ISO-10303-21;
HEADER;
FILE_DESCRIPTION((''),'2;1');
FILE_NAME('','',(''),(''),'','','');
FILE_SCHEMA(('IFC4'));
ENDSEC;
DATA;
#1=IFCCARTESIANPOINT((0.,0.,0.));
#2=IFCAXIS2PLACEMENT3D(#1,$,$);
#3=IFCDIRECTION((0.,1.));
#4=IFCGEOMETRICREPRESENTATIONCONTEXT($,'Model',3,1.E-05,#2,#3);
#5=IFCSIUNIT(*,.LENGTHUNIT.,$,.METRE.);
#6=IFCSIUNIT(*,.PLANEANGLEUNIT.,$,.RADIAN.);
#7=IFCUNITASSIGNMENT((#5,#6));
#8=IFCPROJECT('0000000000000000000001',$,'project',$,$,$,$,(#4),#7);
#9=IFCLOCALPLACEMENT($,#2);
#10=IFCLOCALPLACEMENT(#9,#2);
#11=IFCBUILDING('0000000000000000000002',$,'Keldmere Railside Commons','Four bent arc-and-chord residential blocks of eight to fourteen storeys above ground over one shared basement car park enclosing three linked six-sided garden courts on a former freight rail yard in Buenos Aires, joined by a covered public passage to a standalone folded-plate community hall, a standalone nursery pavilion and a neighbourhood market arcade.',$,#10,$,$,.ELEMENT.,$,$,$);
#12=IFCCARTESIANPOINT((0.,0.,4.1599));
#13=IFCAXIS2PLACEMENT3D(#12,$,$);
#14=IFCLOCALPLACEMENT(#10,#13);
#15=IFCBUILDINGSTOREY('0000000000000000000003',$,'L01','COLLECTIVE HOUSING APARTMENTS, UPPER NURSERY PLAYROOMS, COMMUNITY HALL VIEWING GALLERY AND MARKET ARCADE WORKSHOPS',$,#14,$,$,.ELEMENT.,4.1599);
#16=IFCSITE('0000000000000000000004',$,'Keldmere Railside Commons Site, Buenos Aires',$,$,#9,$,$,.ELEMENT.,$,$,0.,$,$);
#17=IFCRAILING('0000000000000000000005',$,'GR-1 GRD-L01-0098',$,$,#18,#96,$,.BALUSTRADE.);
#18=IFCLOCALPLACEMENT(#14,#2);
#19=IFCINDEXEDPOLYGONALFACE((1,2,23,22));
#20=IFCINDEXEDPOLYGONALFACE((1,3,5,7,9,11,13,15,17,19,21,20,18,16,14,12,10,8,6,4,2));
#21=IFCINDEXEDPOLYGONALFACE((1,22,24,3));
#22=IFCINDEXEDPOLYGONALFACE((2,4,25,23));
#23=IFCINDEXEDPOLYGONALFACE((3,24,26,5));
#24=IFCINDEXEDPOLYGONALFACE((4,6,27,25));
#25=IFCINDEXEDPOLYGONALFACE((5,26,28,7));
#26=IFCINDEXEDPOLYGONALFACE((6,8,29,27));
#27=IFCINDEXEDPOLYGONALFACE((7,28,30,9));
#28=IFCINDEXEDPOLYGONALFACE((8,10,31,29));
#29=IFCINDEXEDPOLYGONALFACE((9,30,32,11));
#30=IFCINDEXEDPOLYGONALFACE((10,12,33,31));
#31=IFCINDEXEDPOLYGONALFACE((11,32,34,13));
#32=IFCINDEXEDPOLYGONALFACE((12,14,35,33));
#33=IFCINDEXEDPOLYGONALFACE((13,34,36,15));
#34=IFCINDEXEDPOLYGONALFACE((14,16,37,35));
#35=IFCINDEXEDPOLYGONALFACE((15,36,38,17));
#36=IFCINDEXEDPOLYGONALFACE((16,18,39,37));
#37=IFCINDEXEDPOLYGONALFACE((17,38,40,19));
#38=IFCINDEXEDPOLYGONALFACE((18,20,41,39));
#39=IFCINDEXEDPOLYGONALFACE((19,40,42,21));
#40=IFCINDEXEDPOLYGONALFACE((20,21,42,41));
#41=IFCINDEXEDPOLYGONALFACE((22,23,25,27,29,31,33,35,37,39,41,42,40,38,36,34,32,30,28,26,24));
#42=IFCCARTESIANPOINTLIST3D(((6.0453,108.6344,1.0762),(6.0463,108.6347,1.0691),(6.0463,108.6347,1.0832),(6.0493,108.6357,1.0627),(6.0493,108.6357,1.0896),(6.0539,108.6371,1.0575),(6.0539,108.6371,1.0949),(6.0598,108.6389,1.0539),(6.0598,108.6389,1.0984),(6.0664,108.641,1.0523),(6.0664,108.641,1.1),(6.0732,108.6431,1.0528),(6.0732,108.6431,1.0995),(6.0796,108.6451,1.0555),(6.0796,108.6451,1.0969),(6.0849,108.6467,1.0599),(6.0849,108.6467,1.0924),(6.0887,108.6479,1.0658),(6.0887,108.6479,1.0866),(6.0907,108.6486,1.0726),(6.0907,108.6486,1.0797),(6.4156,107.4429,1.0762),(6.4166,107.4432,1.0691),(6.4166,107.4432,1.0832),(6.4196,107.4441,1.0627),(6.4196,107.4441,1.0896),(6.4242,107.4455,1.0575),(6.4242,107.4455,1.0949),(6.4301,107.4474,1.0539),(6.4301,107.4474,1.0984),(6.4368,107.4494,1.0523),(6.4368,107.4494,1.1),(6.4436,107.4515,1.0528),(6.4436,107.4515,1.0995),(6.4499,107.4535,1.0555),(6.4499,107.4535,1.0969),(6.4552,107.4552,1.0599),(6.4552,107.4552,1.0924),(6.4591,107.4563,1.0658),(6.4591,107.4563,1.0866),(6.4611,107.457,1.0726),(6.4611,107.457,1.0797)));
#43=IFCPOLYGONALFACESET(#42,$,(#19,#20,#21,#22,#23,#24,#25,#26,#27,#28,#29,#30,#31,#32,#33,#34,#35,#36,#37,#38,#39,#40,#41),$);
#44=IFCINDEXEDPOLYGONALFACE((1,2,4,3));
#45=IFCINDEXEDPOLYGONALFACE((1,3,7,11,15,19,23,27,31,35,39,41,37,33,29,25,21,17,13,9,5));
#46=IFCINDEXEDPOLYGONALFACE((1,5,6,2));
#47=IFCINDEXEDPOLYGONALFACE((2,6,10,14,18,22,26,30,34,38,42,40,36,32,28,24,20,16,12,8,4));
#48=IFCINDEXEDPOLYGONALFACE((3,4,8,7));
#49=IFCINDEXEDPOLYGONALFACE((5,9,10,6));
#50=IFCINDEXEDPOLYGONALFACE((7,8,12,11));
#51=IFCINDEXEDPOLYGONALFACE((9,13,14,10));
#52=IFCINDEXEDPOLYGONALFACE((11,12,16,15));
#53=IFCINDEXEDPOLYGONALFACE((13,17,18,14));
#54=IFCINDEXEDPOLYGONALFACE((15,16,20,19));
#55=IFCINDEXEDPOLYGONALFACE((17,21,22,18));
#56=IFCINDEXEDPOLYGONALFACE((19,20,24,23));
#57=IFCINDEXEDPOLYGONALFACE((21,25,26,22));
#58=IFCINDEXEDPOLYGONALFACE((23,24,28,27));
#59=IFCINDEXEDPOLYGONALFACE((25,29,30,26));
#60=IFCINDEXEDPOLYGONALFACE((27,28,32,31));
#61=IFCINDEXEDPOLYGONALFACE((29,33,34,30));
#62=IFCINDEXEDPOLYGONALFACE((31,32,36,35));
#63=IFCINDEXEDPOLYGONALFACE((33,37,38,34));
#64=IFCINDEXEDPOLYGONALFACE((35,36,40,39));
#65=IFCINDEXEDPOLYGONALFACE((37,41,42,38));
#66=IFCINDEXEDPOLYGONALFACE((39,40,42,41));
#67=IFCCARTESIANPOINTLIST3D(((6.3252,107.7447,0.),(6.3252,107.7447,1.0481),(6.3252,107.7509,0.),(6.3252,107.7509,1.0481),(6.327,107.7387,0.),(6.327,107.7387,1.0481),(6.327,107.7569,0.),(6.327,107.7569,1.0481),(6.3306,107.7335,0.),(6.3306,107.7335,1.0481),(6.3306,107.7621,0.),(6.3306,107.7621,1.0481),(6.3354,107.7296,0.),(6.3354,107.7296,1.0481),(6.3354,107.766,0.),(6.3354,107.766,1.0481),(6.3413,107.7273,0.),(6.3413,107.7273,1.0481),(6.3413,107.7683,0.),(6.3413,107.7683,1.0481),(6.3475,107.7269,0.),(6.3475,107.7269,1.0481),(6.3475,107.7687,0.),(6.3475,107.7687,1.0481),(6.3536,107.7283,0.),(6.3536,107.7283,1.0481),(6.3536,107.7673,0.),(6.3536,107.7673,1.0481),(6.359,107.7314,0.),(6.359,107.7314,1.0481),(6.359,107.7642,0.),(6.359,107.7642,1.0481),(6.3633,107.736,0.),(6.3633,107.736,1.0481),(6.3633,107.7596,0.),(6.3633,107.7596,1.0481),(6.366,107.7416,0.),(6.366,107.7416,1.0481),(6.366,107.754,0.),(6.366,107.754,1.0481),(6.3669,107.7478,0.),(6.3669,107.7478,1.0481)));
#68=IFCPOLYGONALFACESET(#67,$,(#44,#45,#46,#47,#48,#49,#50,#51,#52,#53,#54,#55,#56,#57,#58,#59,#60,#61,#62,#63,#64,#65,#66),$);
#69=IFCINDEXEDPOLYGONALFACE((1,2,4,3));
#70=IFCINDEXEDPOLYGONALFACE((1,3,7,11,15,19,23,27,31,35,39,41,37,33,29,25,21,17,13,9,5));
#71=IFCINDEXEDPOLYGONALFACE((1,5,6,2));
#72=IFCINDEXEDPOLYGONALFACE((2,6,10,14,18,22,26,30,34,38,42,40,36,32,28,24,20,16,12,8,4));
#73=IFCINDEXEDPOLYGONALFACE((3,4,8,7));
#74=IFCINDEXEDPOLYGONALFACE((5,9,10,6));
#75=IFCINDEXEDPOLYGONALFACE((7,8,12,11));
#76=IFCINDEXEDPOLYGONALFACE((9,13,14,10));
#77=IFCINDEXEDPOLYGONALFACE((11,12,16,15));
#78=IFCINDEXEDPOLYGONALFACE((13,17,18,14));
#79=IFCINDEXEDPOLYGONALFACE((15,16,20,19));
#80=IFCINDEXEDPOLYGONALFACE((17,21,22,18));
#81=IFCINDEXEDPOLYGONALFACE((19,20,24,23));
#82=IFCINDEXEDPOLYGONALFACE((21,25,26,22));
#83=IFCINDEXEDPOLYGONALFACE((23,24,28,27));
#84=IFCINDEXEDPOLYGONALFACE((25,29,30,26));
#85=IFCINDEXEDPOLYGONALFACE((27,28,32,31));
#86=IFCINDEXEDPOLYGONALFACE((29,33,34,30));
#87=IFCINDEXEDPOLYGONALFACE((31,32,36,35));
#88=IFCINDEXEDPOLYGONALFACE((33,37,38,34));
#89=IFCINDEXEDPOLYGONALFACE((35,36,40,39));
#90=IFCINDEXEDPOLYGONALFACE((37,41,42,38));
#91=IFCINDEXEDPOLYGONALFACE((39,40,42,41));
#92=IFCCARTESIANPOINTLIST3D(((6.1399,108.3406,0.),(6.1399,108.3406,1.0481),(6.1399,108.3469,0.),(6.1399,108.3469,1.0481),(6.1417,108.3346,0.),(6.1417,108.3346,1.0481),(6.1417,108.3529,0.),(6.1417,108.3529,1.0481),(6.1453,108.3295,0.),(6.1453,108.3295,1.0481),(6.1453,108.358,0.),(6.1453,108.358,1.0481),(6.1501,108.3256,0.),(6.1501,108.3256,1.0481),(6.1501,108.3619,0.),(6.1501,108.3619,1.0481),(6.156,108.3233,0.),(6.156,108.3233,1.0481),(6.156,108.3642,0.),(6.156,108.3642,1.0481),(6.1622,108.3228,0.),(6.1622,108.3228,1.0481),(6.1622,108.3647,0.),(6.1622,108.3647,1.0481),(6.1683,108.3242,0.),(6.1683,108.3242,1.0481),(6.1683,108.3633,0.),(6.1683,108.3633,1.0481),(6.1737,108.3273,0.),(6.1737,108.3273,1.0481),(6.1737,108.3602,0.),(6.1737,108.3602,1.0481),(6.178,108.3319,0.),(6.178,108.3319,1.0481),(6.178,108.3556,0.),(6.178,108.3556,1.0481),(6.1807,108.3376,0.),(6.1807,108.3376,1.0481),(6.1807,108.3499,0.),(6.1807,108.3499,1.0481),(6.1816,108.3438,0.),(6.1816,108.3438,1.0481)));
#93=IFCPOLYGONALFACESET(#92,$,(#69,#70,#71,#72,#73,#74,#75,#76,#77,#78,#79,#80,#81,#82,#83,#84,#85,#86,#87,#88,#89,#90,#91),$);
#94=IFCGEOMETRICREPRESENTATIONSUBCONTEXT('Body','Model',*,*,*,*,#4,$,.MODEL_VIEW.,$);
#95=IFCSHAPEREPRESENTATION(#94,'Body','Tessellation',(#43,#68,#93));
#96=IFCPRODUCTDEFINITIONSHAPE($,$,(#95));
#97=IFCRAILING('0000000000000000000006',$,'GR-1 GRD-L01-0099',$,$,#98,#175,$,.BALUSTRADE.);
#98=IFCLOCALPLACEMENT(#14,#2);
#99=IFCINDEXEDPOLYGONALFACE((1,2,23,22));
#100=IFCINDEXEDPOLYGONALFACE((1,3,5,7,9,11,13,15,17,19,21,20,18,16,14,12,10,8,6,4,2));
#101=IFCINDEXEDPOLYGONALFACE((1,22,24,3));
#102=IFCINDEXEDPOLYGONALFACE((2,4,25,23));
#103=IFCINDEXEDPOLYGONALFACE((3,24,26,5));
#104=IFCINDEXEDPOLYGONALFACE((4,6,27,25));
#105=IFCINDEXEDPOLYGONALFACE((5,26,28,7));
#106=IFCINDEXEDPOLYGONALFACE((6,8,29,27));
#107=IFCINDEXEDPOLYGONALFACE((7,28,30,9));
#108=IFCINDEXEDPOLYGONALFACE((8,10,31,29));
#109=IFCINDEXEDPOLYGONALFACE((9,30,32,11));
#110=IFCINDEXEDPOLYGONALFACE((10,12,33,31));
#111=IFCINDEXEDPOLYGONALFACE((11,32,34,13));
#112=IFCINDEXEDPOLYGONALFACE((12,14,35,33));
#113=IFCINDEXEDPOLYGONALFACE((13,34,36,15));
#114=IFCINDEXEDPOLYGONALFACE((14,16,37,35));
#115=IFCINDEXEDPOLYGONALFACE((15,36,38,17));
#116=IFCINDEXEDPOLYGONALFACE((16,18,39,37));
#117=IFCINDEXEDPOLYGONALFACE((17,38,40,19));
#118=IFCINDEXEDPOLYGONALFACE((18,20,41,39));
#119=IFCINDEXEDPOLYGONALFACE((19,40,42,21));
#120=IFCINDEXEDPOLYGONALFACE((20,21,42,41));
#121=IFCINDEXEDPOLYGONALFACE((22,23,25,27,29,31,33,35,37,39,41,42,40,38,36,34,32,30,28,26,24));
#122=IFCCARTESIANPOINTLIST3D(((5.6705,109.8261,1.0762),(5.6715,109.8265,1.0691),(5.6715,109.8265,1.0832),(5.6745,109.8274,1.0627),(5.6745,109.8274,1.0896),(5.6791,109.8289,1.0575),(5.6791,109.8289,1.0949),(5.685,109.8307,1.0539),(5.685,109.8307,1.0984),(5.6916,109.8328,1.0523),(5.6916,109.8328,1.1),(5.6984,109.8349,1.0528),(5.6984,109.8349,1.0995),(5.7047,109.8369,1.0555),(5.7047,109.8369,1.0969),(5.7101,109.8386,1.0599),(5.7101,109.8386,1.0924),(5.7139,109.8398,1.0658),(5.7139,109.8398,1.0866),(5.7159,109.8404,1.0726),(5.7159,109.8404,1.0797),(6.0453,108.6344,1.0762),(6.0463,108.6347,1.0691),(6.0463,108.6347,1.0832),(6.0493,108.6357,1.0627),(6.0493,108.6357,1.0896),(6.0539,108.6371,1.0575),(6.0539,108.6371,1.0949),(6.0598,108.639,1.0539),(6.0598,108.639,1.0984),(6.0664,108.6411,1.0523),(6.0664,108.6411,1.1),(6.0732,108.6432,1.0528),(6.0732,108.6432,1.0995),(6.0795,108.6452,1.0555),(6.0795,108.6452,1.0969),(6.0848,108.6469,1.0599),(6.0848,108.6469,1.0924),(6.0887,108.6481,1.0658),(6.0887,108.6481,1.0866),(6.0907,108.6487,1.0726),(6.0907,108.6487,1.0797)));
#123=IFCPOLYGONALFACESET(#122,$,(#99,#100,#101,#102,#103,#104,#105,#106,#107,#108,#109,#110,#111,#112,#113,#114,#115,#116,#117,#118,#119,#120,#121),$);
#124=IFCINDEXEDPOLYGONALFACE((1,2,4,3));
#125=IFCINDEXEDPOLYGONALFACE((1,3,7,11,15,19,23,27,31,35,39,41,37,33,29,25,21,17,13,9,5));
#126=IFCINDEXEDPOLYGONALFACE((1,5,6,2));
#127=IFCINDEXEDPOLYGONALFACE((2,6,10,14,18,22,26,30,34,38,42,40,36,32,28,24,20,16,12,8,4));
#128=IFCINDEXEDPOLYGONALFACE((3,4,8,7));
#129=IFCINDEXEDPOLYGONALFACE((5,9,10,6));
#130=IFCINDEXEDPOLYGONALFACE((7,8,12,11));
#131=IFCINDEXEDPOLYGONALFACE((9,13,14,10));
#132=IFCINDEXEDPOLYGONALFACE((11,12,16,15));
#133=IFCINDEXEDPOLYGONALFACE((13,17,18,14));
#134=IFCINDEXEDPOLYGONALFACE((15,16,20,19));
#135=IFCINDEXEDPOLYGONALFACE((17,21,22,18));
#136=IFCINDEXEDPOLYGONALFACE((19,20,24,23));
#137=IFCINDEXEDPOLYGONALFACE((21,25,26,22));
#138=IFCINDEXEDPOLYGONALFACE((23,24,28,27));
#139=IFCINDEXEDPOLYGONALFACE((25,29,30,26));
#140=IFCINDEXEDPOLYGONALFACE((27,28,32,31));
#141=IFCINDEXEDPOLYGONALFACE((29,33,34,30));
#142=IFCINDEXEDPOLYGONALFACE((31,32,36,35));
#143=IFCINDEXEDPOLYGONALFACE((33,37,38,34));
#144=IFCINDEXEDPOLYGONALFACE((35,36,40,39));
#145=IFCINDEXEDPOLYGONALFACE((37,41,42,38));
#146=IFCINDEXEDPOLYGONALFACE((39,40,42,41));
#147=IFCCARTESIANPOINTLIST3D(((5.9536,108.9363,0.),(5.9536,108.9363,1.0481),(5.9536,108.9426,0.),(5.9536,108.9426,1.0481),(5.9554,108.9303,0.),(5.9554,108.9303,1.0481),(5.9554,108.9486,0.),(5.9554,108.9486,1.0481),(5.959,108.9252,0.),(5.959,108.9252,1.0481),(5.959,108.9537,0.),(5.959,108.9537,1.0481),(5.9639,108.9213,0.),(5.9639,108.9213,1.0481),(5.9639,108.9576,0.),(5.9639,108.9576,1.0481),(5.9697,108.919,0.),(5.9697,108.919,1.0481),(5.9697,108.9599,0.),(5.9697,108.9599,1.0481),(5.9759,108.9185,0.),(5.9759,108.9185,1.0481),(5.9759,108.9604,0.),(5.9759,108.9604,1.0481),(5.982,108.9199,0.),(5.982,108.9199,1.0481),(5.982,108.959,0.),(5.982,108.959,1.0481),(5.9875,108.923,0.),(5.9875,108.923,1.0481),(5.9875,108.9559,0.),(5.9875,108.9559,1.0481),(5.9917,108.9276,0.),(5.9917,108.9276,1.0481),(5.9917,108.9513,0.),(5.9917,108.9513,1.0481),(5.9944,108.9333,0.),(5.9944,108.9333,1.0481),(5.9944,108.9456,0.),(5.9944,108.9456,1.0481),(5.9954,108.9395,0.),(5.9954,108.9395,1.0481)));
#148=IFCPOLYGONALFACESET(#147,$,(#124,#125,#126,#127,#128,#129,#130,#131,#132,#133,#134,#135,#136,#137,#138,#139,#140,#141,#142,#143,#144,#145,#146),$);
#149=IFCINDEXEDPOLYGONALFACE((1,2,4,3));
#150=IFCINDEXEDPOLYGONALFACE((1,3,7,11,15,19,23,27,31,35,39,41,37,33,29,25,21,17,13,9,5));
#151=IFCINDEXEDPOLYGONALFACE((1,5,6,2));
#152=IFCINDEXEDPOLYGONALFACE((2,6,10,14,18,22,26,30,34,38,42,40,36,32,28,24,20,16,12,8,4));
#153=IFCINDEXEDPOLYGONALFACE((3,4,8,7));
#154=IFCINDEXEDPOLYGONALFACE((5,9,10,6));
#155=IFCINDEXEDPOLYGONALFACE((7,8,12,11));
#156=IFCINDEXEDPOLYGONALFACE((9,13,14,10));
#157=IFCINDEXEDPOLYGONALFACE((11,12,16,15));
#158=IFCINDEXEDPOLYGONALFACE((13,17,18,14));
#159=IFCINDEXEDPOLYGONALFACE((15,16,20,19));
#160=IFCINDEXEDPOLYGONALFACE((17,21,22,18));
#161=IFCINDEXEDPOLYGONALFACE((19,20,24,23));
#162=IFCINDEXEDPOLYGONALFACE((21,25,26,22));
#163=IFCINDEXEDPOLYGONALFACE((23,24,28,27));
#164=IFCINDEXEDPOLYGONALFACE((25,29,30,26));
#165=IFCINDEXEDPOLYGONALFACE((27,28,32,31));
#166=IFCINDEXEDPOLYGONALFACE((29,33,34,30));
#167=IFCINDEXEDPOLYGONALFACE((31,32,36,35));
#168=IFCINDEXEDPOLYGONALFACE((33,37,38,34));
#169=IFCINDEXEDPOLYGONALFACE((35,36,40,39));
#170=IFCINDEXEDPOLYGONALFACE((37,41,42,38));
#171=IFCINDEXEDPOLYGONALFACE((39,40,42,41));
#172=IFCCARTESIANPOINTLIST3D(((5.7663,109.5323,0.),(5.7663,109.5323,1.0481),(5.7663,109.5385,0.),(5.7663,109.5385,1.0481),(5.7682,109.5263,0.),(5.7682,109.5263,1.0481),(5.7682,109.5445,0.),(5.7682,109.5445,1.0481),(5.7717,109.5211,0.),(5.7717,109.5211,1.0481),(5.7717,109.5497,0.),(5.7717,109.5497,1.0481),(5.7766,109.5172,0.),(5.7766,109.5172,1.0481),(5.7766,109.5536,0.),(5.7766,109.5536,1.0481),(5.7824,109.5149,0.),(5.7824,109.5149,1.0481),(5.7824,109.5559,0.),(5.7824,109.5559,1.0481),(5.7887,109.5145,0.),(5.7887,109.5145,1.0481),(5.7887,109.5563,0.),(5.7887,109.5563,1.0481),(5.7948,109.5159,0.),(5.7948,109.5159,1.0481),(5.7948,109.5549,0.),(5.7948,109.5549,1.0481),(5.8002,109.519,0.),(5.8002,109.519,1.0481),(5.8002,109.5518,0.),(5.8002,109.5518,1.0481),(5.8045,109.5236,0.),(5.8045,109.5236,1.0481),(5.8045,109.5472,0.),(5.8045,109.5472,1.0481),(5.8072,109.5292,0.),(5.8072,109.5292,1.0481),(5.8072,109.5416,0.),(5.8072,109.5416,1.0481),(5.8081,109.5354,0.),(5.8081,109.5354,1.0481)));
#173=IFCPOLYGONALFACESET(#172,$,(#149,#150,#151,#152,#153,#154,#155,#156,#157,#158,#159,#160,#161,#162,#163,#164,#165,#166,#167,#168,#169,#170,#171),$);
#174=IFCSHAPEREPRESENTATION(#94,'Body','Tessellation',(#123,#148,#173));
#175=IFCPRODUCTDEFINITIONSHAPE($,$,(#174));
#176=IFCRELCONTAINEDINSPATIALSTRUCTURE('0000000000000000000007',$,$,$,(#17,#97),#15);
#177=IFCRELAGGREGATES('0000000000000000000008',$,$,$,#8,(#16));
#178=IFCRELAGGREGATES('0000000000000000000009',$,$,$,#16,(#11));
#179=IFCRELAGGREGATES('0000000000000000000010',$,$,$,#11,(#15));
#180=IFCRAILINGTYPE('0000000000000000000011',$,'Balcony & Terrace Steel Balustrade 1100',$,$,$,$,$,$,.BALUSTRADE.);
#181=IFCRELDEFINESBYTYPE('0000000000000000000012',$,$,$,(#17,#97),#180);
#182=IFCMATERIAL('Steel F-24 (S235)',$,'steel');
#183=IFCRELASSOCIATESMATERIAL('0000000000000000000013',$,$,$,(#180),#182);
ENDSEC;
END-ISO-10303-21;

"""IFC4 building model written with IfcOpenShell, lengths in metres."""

from ifc_helpers import new_model, si_unit, direction, frame, origin, origin_2d, place, context, subcontext, project, spatial, circle, extrude, material, type_object, element, save


model = new_model("IFC4")

# Units and contexts
model_context = context("Model", 3, precision=1e-05, world=origin(), true_north=direction((0.0, 1.0)))
body_context = subcontext(model_context, "Body", "Model", "MODEL_VIEW")
ifc_project = project(units=[si_unit("LENGTHUNIT", "METRE"), si_unit("PLANEANGLEUNIT", "RADIAN")], contexts=[model_context])

# Site, building, storey
site_placement = place(None, origin())
site = spatial("IfcSite", under=ifc_project, at=site_placement, Name="Keldmere Railside Commons Site, Buenos Aires", CompositionType="ELEMENT", RefElevation=0.0)
building_placement = place(site_placement, origin())
building = spatial("IfcBuilding", under=site, at=building_placement, Name="Keldmere Railside Commons", Description="Four bent arc-and-chord residential blocks of eight to fourteen storeys above ground over one shared basement car park enclosing three linked six-sided garden courts on a former freight rail yard in Buenos Aires, joined by a covered public passage to a standalone folded-plate community hall, a standalone nursery pavilion and a neighbourhood market arcade.", CompositionType="ELEMENT")
storey_placement = place(building_placement, frame((0.0, 0.0, 4.1599)))
storey = spatial("IfcBuildingStorey", under=building, at=storey_placement, Name="L01", Description="COLLECTIVE HOUSING APARTMENTS, UPPER NURSERY PLAYROOMS, COMMUNITY HALL VIEWING GALLERY AND MARKET ARCADE WORKSHOPS", CompositionType="ELEMENT", Elevation=4.1599)

# Railings
ifc_material_1 = material(Name="Steel F-24 (S235)", Category="steel")
railing_type = type_object("IfcRailingType", Name="Balcony & Terrace Steel Balustrade 1100", PredefinedType="BALUSTRADE", material=ifc_material_1)
railing_1_placement = place(storey_placement, frame((6.4385, 107.45, 0.0)))
element("IfcRailing", 1, at=railing_1_placement, inside=storey, type_object=railing_type, Name="GR-1 GRD-L01-0098", PredefinedType="BALUSTRADE", context=body_context, shape_type="SweptSolid", body=[
    extrude(circle(Radius=0.0239, at=origin_2d()), frame((0.0, 0.0, 1.0762), z_axis=(-0.296793, 0.954942, 0.0), x_axis=(-0.954942, -0.296793, 0.0)), (0.0, 0.0, 1.0), 1.2478),
    extrude(circle(Radius=0.021, at=origin_2d()), frame((-0.0925, 0.2979, 0.0)), (0.0, 0.0, 1.0), 1.0481),
    extrude(circle(Radius=0.021, at=origin_2d()), frame((-0.2778, 0.8938, 0.0)), (0.0, 0.0, 1.0), 1.0481),
])
railing_2_placement = place(storey_placement, frame((6.0681, 108.6416, 0.0)))
element("IfcRailing", 2, at=railing_2_placement, inside=storey, type_object=railing_type, Name="GR-1 GRD-L01-0099", PredefinedType="BALUSTRADE", context=body_context, shape_type="SweptSolid", body=[
    extrude(circle(Radius=0.0239, at=origin_2d()), frame((0.0, 0.0, 1.0762), z_axis=(-0.299999, 0.953939, 0.0), x_axis=(-0.953939, -0.299999, 0.0)), (0.0, 0.0, 1.0), 1.2493),
    extrude(circle(Radius=0.021, at=origin_2d()), frame((-0.0938, 0.2979, 0.0)), (0.0, 0.0, 1.0), 1.0481),
    extrude(circle(Radius=0.021, at=origin_2d()), frame((-0.281, 0.8938, 0.0)), (0.0, 0.0, 1.0), 1.0481),
])

save(model, "model.ifc")
